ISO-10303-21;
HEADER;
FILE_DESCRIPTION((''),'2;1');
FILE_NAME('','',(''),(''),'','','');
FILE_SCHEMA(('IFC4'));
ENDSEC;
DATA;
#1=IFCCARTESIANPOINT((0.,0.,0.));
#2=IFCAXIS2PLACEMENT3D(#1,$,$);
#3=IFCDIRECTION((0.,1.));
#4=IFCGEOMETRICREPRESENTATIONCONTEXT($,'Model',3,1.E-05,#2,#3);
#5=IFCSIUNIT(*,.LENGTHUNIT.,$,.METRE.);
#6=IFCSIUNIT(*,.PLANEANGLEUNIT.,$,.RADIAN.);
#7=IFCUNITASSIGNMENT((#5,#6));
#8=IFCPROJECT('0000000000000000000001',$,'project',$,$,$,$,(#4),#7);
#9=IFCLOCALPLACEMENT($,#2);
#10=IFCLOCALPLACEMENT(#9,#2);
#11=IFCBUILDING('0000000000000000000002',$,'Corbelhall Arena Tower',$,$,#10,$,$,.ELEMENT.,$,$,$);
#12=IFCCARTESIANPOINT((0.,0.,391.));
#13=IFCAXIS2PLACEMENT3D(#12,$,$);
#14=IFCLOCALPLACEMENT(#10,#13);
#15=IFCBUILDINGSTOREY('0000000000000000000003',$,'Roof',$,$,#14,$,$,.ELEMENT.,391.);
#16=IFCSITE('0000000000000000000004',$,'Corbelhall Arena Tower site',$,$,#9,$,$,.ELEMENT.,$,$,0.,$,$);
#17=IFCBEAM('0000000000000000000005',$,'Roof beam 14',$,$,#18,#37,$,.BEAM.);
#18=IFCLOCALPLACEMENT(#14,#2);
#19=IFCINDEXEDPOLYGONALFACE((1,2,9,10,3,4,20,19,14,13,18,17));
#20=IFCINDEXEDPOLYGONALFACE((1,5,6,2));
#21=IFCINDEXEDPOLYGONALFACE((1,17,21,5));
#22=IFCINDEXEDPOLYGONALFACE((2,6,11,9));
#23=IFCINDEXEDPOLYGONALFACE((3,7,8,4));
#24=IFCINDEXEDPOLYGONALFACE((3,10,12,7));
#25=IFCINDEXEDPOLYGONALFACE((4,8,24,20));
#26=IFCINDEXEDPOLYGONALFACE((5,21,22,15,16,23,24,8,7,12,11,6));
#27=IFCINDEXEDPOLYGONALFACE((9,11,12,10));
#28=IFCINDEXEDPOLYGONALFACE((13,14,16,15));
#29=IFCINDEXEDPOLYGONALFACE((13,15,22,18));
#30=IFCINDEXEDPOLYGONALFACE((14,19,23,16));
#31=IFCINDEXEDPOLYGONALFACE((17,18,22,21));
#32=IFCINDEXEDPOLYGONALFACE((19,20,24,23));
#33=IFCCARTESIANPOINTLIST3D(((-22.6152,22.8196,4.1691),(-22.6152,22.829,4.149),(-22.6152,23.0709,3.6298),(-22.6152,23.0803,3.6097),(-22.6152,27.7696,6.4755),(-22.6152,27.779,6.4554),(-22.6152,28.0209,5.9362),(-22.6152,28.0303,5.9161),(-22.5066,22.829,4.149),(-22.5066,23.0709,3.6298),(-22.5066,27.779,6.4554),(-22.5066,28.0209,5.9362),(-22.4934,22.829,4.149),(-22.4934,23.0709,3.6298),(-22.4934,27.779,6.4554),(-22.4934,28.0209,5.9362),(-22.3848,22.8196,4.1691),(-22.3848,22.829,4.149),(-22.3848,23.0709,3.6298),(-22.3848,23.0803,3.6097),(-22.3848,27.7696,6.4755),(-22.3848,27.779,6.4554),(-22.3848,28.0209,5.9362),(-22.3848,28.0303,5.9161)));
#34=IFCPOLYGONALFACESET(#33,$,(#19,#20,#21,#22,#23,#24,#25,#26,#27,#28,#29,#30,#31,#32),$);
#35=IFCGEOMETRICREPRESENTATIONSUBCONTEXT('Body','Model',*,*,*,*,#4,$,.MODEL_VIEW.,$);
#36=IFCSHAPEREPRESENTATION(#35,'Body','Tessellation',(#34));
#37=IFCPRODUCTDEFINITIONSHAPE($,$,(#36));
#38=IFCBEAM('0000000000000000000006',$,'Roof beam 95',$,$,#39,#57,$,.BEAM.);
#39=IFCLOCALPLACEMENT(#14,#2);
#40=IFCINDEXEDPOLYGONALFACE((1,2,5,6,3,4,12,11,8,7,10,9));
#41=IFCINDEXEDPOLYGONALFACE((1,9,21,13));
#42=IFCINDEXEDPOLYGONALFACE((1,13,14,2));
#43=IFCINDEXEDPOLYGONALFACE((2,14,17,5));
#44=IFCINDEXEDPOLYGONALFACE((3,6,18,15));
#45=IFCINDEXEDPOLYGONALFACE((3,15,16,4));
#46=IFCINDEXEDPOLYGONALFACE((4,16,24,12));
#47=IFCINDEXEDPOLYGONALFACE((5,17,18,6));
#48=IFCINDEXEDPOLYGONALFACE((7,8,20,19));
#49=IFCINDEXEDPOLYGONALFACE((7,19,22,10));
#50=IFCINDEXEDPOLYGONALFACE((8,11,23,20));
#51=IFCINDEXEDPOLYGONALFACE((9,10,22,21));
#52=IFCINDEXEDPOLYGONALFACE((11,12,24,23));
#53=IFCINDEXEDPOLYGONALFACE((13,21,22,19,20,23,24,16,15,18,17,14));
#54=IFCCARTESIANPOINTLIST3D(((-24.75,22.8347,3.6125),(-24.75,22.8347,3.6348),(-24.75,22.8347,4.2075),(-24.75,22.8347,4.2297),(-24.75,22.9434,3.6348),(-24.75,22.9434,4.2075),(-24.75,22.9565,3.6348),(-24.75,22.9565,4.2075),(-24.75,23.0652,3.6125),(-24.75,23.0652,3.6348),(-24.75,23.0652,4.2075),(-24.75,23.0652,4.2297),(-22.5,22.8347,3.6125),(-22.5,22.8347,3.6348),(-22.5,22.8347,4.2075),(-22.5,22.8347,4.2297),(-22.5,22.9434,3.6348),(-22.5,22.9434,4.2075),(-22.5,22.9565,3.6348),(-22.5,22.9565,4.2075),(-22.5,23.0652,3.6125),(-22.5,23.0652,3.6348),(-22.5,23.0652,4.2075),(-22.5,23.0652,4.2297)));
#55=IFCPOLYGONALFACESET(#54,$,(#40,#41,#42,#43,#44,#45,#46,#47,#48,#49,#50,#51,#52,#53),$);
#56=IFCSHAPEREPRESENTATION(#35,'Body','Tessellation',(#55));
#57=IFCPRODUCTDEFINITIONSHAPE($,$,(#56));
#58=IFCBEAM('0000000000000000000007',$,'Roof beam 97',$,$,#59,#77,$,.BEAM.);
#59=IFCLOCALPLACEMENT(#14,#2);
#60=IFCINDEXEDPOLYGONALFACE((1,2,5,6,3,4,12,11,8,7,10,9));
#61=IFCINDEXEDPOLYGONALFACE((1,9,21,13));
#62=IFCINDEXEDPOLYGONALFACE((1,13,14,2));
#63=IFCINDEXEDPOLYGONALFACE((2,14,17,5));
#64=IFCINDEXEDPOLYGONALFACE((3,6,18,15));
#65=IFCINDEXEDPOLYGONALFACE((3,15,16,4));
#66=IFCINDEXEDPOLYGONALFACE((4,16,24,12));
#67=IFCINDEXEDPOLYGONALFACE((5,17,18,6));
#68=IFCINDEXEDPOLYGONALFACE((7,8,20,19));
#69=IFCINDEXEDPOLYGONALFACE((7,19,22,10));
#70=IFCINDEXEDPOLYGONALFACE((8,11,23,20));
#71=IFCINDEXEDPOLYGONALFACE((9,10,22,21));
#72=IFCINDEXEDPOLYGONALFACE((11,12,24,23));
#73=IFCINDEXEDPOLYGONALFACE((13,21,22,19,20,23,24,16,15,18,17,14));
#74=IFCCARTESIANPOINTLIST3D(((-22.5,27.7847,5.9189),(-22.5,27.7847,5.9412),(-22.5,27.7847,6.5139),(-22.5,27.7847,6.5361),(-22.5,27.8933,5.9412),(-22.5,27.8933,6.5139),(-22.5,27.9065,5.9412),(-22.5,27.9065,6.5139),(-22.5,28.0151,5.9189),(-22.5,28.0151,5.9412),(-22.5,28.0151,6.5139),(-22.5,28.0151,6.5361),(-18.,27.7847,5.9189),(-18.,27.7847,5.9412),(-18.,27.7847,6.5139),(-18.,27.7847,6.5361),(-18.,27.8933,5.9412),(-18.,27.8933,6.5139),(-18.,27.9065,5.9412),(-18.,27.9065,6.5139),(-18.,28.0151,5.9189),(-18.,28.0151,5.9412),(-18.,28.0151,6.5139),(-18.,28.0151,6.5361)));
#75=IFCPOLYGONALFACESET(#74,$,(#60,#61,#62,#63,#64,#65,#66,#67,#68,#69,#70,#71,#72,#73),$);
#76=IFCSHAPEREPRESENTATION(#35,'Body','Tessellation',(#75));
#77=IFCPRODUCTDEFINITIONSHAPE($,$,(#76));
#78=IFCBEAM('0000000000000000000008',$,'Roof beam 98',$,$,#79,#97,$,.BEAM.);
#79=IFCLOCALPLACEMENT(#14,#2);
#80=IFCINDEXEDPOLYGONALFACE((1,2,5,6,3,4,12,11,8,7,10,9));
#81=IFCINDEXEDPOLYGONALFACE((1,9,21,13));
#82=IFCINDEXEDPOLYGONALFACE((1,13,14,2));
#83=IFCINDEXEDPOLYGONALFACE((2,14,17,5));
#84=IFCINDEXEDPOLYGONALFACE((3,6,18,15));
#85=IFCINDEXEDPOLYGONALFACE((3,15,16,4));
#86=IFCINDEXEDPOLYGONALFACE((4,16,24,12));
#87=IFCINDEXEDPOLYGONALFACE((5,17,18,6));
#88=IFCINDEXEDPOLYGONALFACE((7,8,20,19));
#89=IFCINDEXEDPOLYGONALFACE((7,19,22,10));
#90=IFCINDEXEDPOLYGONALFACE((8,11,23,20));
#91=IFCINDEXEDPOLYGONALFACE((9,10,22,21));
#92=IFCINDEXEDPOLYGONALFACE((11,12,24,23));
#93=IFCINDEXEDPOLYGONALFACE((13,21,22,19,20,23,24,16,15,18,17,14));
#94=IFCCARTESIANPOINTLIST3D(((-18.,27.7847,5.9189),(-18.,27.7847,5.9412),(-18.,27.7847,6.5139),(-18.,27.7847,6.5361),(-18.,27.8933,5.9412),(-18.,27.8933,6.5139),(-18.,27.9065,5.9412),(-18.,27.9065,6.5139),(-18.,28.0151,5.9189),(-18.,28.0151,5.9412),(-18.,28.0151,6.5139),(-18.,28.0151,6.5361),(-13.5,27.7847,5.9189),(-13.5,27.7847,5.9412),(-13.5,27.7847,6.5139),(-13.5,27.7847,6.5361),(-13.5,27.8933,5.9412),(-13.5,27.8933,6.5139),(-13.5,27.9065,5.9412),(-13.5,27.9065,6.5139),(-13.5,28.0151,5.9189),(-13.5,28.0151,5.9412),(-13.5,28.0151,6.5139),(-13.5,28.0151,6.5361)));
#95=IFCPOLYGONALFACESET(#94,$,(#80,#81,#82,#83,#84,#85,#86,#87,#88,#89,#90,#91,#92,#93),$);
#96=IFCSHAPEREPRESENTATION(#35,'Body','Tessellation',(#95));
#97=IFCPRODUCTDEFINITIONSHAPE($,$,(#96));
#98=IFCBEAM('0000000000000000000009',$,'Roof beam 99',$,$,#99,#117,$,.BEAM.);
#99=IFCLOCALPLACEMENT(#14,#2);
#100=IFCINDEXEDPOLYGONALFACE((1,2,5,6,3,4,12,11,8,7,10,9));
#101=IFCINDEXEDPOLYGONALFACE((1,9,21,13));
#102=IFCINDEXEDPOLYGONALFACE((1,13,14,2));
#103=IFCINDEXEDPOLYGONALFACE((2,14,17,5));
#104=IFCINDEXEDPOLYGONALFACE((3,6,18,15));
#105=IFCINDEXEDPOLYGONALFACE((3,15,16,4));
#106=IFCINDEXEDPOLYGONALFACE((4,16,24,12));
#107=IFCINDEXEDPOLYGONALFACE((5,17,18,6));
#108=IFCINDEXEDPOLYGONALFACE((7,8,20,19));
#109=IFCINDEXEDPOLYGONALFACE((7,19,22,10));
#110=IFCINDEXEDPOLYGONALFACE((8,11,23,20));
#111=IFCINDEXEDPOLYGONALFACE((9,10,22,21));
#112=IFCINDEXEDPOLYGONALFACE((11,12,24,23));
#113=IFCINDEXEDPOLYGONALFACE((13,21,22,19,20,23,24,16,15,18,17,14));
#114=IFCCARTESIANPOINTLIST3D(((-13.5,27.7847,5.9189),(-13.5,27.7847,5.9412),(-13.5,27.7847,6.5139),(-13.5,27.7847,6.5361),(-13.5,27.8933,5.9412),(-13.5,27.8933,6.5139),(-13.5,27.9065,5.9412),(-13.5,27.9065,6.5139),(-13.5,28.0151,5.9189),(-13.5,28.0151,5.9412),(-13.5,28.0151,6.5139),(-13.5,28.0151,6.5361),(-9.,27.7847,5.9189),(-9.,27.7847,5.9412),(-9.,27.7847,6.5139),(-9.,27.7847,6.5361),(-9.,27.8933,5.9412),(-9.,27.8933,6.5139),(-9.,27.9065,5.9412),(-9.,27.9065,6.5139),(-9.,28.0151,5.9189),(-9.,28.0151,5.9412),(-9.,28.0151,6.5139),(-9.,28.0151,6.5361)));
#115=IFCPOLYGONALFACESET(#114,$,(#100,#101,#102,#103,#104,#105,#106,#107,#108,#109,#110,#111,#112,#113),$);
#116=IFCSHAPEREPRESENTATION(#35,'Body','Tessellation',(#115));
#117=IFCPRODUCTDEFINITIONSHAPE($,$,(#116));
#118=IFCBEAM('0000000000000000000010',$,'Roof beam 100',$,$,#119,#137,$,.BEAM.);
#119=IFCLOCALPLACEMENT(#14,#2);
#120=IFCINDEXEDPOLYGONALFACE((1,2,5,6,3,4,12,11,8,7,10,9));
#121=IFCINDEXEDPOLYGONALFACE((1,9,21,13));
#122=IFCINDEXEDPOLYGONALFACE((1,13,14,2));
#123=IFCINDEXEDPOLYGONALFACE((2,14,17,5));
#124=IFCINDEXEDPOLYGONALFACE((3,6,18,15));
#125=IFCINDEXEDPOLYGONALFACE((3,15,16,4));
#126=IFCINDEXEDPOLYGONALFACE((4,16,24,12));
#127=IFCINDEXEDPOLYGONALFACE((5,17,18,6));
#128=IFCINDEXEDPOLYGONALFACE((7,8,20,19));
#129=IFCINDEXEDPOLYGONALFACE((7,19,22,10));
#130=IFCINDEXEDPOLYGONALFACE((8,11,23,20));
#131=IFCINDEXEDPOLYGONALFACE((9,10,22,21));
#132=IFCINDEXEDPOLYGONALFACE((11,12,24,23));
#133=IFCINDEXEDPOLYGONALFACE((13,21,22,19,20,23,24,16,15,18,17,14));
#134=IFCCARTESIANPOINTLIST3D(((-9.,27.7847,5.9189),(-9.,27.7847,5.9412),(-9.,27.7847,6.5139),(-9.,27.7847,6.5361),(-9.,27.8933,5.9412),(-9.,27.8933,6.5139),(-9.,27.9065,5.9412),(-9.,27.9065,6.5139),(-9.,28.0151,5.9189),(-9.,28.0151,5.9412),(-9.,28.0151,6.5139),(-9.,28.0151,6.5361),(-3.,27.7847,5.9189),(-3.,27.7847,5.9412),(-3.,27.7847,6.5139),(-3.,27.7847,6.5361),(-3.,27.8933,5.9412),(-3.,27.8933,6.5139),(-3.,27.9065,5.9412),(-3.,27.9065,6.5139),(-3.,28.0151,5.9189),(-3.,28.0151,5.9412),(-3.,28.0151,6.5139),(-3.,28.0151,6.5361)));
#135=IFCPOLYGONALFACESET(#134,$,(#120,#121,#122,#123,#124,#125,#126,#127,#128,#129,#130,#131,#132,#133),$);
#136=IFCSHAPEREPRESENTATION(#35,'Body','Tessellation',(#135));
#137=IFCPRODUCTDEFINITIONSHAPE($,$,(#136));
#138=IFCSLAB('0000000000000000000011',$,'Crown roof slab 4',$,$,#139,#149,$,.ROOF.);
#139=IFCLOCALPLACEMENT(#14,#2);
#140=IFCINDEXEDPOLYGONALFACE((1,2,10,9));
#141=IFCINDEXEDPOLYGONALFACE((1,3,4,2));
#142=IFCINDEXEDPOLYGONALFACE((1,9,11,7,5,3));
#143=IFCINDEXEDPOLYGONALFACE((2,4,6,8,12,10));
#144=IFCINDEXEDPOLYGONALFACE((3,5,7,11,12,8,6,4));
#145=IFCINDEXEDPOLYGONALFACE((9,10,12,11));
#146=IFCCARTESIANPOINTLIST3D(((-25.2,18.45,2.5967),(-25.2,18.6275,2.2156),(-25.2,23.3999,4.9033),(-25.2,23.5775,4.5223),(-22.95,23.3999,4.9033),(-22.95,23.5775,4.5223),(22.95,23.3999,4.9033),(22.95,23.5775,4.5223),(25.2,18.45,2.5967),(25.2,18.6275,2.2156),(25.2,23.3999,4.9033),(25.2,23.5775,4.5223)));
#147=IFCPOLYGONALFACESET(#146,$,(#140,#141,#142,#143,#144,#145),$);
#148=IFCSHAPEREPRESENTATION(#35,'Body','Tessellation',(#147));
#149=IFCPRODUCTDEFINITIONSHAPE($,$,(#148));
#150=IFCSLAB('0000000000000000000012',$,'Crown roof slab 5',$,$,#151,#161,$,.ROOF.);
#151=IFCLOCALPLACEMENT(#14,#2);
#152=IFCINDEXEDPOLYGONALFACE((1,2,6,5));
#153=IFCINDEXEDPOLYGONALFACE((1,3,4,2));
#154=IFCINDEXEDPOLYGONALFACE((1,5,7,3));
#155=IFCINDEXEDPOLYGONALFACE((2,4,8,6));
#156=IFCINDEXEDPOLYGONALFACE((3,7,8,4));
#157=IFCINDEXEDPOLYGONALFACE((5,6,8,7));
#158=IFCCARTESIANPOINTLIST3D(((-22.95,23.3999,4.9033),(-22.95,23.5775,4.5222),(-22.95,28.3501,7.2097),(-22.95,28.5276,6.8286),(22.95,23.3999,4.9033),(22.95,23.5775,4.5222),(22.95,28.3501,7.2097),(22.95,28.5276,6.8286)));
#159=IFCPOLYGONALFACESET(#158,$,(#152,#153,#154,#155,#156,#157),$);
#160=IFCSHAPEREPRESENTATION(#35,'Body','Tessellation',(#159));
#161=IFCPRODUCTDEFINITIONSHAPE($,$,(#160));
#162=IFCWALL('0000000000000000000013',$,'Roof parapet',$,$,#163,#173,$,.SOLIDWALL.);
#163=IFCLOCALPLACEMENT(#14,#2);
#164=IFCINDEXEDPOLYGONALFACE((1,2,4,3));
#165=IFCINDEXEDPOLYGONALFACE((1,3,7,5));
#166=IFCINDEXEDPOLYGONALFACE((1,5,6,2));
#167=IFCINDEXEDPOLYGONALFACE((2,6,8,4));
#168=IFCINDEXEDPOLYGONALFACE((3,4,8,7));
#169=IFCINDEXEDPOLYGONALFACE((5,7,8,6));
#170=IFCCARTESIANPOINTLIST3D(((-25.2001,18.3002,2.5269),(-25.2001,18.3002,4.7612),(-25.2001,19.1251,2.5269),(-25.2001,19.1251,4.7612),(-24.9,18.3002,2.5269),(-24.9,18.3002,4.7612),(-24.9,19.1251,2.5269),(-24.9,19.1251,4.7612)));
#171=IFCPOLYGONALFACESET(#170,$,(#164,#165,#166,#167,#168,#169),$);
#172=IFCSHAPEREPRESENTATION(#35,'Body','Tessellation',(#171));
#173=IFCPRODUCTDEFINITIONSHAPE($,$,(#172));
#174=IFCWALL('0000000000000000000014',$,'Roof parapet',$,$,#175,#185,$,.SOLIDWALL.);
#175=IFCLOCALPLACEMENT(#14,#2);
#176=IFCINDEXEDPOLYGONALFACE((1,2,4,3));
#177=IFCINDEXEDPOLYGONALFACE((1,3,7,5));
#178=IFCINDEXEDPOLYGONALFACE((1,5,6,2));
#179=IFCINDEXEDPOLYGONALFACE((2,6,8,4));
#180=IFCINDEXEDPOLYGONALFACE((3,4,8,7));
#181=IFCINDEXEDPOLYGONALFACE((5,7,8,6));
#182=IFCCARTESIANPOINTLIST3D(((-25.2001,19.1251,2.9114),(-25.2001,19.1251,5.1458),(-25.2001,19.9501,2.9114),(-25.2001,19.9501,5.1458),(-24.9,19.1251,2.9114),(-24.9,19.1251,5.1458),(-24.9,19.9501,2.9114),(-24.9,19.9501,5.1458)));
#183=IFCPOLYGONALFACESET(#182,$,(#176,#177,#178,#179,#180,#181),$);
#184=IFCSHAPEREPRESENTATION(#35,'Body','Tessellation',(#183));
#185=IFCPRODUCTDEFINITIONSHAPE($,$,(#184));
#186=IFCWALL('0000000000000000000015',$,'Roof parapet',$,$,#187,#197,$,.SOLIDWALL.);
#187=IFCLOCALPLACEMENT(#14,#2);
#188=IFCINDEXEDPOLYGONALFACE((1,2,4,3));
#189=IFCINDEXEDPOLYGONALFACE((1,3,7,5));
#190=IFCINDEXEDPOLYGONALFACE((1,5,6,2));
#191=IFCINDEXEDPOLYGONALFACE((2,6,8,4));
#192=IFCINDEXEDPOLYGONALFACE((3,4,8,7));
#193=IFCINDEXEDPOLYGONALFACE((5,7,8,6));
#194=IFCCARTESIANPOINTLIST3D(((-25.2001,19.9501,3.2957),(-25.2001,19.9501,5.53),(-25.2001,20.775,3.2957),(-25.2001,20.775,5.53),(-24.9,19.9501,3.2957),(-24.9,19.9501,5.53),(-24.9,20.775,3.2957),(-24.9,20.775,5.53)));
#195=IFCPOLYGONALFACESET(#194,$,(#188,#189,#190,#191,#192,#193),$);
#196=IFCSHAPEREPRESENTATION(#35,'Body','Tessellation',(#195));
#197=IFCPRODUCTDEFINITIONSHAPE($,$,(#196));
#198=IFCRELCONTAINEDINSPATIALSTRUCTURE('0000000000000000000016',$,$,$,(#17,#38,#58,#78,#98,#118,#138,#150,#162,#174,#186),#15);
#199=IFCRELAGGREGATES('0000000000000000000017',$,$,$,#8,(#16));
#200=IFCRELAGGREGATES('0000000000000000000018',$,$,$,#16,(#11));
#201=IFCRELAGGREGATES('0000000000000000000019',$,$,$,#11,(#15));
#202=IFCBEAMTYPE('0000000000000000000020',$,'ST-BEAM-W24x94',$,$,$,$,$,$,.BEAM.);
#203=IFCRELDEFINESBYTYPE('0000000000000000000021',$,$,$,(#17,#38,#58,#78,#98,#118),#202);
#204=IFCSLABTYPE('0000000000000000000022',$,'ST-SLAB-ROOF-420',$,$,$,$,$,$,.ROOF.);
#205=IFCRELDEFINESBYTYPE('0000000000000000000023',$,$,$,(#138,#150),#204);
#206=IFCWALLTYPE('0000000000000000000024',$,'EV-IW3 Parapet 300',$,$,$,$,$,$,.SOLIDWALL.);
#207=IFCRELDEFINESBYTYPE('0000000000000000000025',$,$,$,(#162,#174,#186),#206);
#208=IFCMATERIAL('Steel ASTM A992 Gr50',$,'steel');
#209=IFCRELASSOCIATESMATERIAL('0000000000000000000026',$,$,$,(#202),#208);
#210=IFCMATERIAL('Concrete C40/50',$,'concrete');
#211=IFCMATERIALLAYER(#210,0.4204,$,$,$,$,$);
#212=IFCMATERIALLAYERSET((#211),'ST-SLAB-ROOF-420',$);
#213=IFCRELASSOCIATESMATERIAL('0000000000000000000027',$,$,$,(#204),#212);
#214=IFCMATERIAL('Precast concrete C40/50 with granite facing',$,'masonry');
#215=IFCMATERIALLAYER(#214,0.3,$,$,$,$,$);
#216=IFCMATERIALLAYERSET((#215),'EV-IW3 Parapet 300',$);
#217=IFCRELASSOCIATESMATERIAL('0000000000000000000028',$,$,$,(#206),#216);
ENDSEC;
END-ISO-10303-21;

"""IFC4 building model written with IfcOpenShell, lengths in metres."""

from ifc_helpers import new_model, si_unit, direction, frame, frame_2d, origin, origin_2d, place, context, subcontext, project, spatial, polyline, rectangle, i_section, outline, extrude, material, layer, layer_set, material_profile, profile_set, type_object, element, save


model = new_model("IFC4")

# Units and contexts
model_context = context("Model", 3, precision=1e-05, world=origin(), true_north=direction((0.0, 1.0)))
body_context = subcontext(model_context, "Body", "Model", "MODEL_VIEW")
ifc_project = project(units=[si_unit("LENGTHUNIT", "METRE"), si_unit("PLANEANGLEUNIT", "RADIAN")], contexts=[model_context])

# Site, building, storey
site_placement = place(None, origin())
site = spatial("IfcSite", under=ifc_project, at=site_placement, Name="Corbelhall Arena Tower site", CompositionType="ELEMENT", RefElevation=0.0)
building_placement = place(site_placement, origin())
building = spatial("IfcBuilding", under=site, at=building_placement, Name="Corbelhall Arena Tower", CompositionType="ELEMENT")
storey_placement = place(building_placement, frame((0.0, 0.0, 391.0)))
storey = spatial("IfcBuildingStorey", under=building, at=storey_placement, Name="Roof", CompositionType="ELEMENT", Elevation=391.0)

# Beams
ifc_material_1 = material(Name="Steel ASTM A992 Gr50", Category="steel")
ifc_material_profile_1 = material_profile(ifc_material_1, i_section(OverallWidth=0.2305, OverallDepth=0.6172, WebThickness=0.0132, FlangeThickness=0.0222, at=origin_2d()))
ifc_profile_set_1 = profile_set([ifc_material_profile_1], Name="Steel ASTM A992 Gr50")
beam_type = type_object("IfcBeamType", Name="ST-BEAM-W24x94", PredefinedType="BEAM", material=ifc_profile_set_1)
beam_1_placement = place(storey_placement, frame((-22.5, 22.95, 3.8894), z_axis=(0.0, 0.906434, 0.422347), x_axis=(-1.0, 0.0, 0.0)))
element("IfcBeam", 1, at=beam_1_placement, inside=storey, type_object=beam_type, Name="Roof beam 14", PredefinedType="BEAM", context=body_context, shape_type="SweptSolid", body=[
    extrude(i_section(OverallWidth=0.2305, OverallDepth=0.6172, WebThickness=0.0132, FlangeThickness=0.0222, at=origin_2d()), origin(), (0.0, 0.0, 1.0), 5.4609),
])
beam_2_placement = place(storey_placement, frame((-24.75, 22.95, 3.9211), z_axis=(1.0, 0.0, 0.0), x_axis=(0.0, 1.0, 0.0)))
element("IfcBeam", 2, at=beam_2_placement, inside=storey, type_object=beam_type, Name="Roof beam 95", PredefinedType="BEAM", context=body_context, shape_type="SweptSolid", body=[
    extrude(i_section(OverallWidth=0.2305, OverallDepth=0.6172, WebThickness=0.0132, FlangeThickness=0.0222, at=origin_2d()), origin(), (0.0, 0.0, 1.0), 2.25),
])
for number, where, z_axis, x_axis, name in (
    (3, (-22.5, 27.8999, 6.2275), (1.0, 0.0, 0.0), (0.0, 1.0, 0.0), "Roof beam 97"),
    (4, (-18.0, 27.8999, 6.2275), (1.0, 0.0, 0.0), (0.0, 1.0, 0.0), "Roof beam 98"),
    (5, (-13.5, 27.8999, 6.2275), (1.0, 0.0, 0.0), (0.0, 1.0, 0.0), "Roof beam 99"),
):
    element("IfcBeam", number, at=place(storey_placement, frame(where, z_axis=z_axis, x_axis=x_axis)), inside=storey, type_object=beam_type, Name=name, PredefinedType="BEAM", context=body_context, shape_type="SweptSolid", body=[
        extrude(i_section(OverallWidth=0.2305, OverallDepth=0.6172, WebThickness=0.0132, FlangeThickness=0.0222, at=origin_2d()), origin(), (0.0, 0.0, 1.0), 4.5),
    ])
beam_3_placement = place(storey_placement, frame((-9.0, 27.8999, 6.2275), z_axis=(1.0, 0.0, 0.0), x_axis=(0.0, 1.0, 0.0)))
element("IfcBeam", 6, at=beam_3_placement, inside=storey, type_object=beam_type, Name="Roof beam 100", PredefinedType="BEAM", context=body_context, shape_type="SweptSolid", body=[
    extrude(i_section(OverallWidth=0.2305, OverallDepth=0.6172, WebThickness=0.0132, FlangeThickness=0.0222, at=origin_2d()), origin(), (0.0, 0.0, 1.0), 6.0),
])

# Slabs
ifc_material_2 = material(Name="Concrete C40/50", Category="concrete")
ifc_layer_1 = layer(ifc_material_2, 0.4204)
ifc_layer_set_1 = layer_set([ifc_layer_1], Name="ST-SLAB-ROOF-420")
slab_type = type_object("IfcSlabType", Name="ST-SLAB-ROOF-420", PredefinedType="ROOF", material=ifc_layer_set_1)
slab_1_placement = place(storey_placement, frame((-25.2, 23.3999, 4.9033), z_axis=(0.0, -0.422384, 0.906417), x_axis=(0.0, -0.906417, -0.422384)))
element("IfcSlab", 7, at=slab_1_placement, inside=storey, type_object=slab_type, Name="Crown roof slab 4", PredefinedType="ROOF", context=body_context, shape_type="SweptSolid", body=[
    extrude(outline(polyline([(0.0, 0.0), (5.461, 0.0), (5.461, 50.3999), (0.0, 50.3999), (0.0, 48.1499), (0.0, 2.25), (0.0, 0.0)])), origin(), (0.0, 0.0, -1.0), 0.4204),
])
slab_2_placement = place(storey_placement, frame((-22.95, 28.3501, 7.2097), z_axis=(0.0, -0.42233, 0.906442), x_axis=(0.0, -0.906442, -0.42233)))
element("IfcSlab", 8, at=slab_2_placement, inside=storey, type_object=slab_type, Name="Crown roof slab 5", PredefinedType="ROOF", context=body_context, shape_type="SweptSolid", body=[
    extrude(outline(polyline([(0.0, 0.0), (5.4611, 0.0), (5.4611, 45.8999), (0.0, 45.8999), (0.0, 0.0)])), origin(), (0.0, 0.0, -1.0), 0.4204),
])

# Walls
ifc_material_3 = material(Name="Precast concrete C40/50 with granite facing", Category="masonry")
ifc_layer_2 = layer(ifc_material_3, 0.3)
ifc_layer_set_2 = layer_set([ifc_layer_2], Name="EV-IW3 Parapet 300")
wall_type = type_object("IfcWallType", Name="EV-IW3 Parapet 300", PredefinedType="SOLIDWALL", material=ifc_layer_set_2)
for number, where, z_axis, x_axis, name in (
    (9, (-25.05, 18.3, 2.5269), (0.0, 0.0, 1.0), (0.0, 1.0, 0.0), "Roof parapet"),
    (10, (-25.05, 19.125, 2.9114), (0.0, 0.0, 1.0), (0.0, 1.0, 0.0), "Roof parapet"),
    (11, (-25.05, 19.95, 3.2957), (0.0, 0.0, 1.0), (0.0, 1.0, 0.0), "Roof parapet"),
):
    element("IfcWall", number, at=place(storey_placement, frame(where, z_axis=z_axis, x_axis=x_axis)), inside=storey, type_object=wall_type, Name=name, PredefinedType="SOLIDWALL", context=body_context, shape_type="SweptSolid", body=[
        extrude(rectangle(XDim=0.825, YDim=0.3, at=frame_2d((0.4126, 0.0))), origin(), (0.0, 0.0, 1.0), 2.2344),
    ])

save(model, "model.ifc")
